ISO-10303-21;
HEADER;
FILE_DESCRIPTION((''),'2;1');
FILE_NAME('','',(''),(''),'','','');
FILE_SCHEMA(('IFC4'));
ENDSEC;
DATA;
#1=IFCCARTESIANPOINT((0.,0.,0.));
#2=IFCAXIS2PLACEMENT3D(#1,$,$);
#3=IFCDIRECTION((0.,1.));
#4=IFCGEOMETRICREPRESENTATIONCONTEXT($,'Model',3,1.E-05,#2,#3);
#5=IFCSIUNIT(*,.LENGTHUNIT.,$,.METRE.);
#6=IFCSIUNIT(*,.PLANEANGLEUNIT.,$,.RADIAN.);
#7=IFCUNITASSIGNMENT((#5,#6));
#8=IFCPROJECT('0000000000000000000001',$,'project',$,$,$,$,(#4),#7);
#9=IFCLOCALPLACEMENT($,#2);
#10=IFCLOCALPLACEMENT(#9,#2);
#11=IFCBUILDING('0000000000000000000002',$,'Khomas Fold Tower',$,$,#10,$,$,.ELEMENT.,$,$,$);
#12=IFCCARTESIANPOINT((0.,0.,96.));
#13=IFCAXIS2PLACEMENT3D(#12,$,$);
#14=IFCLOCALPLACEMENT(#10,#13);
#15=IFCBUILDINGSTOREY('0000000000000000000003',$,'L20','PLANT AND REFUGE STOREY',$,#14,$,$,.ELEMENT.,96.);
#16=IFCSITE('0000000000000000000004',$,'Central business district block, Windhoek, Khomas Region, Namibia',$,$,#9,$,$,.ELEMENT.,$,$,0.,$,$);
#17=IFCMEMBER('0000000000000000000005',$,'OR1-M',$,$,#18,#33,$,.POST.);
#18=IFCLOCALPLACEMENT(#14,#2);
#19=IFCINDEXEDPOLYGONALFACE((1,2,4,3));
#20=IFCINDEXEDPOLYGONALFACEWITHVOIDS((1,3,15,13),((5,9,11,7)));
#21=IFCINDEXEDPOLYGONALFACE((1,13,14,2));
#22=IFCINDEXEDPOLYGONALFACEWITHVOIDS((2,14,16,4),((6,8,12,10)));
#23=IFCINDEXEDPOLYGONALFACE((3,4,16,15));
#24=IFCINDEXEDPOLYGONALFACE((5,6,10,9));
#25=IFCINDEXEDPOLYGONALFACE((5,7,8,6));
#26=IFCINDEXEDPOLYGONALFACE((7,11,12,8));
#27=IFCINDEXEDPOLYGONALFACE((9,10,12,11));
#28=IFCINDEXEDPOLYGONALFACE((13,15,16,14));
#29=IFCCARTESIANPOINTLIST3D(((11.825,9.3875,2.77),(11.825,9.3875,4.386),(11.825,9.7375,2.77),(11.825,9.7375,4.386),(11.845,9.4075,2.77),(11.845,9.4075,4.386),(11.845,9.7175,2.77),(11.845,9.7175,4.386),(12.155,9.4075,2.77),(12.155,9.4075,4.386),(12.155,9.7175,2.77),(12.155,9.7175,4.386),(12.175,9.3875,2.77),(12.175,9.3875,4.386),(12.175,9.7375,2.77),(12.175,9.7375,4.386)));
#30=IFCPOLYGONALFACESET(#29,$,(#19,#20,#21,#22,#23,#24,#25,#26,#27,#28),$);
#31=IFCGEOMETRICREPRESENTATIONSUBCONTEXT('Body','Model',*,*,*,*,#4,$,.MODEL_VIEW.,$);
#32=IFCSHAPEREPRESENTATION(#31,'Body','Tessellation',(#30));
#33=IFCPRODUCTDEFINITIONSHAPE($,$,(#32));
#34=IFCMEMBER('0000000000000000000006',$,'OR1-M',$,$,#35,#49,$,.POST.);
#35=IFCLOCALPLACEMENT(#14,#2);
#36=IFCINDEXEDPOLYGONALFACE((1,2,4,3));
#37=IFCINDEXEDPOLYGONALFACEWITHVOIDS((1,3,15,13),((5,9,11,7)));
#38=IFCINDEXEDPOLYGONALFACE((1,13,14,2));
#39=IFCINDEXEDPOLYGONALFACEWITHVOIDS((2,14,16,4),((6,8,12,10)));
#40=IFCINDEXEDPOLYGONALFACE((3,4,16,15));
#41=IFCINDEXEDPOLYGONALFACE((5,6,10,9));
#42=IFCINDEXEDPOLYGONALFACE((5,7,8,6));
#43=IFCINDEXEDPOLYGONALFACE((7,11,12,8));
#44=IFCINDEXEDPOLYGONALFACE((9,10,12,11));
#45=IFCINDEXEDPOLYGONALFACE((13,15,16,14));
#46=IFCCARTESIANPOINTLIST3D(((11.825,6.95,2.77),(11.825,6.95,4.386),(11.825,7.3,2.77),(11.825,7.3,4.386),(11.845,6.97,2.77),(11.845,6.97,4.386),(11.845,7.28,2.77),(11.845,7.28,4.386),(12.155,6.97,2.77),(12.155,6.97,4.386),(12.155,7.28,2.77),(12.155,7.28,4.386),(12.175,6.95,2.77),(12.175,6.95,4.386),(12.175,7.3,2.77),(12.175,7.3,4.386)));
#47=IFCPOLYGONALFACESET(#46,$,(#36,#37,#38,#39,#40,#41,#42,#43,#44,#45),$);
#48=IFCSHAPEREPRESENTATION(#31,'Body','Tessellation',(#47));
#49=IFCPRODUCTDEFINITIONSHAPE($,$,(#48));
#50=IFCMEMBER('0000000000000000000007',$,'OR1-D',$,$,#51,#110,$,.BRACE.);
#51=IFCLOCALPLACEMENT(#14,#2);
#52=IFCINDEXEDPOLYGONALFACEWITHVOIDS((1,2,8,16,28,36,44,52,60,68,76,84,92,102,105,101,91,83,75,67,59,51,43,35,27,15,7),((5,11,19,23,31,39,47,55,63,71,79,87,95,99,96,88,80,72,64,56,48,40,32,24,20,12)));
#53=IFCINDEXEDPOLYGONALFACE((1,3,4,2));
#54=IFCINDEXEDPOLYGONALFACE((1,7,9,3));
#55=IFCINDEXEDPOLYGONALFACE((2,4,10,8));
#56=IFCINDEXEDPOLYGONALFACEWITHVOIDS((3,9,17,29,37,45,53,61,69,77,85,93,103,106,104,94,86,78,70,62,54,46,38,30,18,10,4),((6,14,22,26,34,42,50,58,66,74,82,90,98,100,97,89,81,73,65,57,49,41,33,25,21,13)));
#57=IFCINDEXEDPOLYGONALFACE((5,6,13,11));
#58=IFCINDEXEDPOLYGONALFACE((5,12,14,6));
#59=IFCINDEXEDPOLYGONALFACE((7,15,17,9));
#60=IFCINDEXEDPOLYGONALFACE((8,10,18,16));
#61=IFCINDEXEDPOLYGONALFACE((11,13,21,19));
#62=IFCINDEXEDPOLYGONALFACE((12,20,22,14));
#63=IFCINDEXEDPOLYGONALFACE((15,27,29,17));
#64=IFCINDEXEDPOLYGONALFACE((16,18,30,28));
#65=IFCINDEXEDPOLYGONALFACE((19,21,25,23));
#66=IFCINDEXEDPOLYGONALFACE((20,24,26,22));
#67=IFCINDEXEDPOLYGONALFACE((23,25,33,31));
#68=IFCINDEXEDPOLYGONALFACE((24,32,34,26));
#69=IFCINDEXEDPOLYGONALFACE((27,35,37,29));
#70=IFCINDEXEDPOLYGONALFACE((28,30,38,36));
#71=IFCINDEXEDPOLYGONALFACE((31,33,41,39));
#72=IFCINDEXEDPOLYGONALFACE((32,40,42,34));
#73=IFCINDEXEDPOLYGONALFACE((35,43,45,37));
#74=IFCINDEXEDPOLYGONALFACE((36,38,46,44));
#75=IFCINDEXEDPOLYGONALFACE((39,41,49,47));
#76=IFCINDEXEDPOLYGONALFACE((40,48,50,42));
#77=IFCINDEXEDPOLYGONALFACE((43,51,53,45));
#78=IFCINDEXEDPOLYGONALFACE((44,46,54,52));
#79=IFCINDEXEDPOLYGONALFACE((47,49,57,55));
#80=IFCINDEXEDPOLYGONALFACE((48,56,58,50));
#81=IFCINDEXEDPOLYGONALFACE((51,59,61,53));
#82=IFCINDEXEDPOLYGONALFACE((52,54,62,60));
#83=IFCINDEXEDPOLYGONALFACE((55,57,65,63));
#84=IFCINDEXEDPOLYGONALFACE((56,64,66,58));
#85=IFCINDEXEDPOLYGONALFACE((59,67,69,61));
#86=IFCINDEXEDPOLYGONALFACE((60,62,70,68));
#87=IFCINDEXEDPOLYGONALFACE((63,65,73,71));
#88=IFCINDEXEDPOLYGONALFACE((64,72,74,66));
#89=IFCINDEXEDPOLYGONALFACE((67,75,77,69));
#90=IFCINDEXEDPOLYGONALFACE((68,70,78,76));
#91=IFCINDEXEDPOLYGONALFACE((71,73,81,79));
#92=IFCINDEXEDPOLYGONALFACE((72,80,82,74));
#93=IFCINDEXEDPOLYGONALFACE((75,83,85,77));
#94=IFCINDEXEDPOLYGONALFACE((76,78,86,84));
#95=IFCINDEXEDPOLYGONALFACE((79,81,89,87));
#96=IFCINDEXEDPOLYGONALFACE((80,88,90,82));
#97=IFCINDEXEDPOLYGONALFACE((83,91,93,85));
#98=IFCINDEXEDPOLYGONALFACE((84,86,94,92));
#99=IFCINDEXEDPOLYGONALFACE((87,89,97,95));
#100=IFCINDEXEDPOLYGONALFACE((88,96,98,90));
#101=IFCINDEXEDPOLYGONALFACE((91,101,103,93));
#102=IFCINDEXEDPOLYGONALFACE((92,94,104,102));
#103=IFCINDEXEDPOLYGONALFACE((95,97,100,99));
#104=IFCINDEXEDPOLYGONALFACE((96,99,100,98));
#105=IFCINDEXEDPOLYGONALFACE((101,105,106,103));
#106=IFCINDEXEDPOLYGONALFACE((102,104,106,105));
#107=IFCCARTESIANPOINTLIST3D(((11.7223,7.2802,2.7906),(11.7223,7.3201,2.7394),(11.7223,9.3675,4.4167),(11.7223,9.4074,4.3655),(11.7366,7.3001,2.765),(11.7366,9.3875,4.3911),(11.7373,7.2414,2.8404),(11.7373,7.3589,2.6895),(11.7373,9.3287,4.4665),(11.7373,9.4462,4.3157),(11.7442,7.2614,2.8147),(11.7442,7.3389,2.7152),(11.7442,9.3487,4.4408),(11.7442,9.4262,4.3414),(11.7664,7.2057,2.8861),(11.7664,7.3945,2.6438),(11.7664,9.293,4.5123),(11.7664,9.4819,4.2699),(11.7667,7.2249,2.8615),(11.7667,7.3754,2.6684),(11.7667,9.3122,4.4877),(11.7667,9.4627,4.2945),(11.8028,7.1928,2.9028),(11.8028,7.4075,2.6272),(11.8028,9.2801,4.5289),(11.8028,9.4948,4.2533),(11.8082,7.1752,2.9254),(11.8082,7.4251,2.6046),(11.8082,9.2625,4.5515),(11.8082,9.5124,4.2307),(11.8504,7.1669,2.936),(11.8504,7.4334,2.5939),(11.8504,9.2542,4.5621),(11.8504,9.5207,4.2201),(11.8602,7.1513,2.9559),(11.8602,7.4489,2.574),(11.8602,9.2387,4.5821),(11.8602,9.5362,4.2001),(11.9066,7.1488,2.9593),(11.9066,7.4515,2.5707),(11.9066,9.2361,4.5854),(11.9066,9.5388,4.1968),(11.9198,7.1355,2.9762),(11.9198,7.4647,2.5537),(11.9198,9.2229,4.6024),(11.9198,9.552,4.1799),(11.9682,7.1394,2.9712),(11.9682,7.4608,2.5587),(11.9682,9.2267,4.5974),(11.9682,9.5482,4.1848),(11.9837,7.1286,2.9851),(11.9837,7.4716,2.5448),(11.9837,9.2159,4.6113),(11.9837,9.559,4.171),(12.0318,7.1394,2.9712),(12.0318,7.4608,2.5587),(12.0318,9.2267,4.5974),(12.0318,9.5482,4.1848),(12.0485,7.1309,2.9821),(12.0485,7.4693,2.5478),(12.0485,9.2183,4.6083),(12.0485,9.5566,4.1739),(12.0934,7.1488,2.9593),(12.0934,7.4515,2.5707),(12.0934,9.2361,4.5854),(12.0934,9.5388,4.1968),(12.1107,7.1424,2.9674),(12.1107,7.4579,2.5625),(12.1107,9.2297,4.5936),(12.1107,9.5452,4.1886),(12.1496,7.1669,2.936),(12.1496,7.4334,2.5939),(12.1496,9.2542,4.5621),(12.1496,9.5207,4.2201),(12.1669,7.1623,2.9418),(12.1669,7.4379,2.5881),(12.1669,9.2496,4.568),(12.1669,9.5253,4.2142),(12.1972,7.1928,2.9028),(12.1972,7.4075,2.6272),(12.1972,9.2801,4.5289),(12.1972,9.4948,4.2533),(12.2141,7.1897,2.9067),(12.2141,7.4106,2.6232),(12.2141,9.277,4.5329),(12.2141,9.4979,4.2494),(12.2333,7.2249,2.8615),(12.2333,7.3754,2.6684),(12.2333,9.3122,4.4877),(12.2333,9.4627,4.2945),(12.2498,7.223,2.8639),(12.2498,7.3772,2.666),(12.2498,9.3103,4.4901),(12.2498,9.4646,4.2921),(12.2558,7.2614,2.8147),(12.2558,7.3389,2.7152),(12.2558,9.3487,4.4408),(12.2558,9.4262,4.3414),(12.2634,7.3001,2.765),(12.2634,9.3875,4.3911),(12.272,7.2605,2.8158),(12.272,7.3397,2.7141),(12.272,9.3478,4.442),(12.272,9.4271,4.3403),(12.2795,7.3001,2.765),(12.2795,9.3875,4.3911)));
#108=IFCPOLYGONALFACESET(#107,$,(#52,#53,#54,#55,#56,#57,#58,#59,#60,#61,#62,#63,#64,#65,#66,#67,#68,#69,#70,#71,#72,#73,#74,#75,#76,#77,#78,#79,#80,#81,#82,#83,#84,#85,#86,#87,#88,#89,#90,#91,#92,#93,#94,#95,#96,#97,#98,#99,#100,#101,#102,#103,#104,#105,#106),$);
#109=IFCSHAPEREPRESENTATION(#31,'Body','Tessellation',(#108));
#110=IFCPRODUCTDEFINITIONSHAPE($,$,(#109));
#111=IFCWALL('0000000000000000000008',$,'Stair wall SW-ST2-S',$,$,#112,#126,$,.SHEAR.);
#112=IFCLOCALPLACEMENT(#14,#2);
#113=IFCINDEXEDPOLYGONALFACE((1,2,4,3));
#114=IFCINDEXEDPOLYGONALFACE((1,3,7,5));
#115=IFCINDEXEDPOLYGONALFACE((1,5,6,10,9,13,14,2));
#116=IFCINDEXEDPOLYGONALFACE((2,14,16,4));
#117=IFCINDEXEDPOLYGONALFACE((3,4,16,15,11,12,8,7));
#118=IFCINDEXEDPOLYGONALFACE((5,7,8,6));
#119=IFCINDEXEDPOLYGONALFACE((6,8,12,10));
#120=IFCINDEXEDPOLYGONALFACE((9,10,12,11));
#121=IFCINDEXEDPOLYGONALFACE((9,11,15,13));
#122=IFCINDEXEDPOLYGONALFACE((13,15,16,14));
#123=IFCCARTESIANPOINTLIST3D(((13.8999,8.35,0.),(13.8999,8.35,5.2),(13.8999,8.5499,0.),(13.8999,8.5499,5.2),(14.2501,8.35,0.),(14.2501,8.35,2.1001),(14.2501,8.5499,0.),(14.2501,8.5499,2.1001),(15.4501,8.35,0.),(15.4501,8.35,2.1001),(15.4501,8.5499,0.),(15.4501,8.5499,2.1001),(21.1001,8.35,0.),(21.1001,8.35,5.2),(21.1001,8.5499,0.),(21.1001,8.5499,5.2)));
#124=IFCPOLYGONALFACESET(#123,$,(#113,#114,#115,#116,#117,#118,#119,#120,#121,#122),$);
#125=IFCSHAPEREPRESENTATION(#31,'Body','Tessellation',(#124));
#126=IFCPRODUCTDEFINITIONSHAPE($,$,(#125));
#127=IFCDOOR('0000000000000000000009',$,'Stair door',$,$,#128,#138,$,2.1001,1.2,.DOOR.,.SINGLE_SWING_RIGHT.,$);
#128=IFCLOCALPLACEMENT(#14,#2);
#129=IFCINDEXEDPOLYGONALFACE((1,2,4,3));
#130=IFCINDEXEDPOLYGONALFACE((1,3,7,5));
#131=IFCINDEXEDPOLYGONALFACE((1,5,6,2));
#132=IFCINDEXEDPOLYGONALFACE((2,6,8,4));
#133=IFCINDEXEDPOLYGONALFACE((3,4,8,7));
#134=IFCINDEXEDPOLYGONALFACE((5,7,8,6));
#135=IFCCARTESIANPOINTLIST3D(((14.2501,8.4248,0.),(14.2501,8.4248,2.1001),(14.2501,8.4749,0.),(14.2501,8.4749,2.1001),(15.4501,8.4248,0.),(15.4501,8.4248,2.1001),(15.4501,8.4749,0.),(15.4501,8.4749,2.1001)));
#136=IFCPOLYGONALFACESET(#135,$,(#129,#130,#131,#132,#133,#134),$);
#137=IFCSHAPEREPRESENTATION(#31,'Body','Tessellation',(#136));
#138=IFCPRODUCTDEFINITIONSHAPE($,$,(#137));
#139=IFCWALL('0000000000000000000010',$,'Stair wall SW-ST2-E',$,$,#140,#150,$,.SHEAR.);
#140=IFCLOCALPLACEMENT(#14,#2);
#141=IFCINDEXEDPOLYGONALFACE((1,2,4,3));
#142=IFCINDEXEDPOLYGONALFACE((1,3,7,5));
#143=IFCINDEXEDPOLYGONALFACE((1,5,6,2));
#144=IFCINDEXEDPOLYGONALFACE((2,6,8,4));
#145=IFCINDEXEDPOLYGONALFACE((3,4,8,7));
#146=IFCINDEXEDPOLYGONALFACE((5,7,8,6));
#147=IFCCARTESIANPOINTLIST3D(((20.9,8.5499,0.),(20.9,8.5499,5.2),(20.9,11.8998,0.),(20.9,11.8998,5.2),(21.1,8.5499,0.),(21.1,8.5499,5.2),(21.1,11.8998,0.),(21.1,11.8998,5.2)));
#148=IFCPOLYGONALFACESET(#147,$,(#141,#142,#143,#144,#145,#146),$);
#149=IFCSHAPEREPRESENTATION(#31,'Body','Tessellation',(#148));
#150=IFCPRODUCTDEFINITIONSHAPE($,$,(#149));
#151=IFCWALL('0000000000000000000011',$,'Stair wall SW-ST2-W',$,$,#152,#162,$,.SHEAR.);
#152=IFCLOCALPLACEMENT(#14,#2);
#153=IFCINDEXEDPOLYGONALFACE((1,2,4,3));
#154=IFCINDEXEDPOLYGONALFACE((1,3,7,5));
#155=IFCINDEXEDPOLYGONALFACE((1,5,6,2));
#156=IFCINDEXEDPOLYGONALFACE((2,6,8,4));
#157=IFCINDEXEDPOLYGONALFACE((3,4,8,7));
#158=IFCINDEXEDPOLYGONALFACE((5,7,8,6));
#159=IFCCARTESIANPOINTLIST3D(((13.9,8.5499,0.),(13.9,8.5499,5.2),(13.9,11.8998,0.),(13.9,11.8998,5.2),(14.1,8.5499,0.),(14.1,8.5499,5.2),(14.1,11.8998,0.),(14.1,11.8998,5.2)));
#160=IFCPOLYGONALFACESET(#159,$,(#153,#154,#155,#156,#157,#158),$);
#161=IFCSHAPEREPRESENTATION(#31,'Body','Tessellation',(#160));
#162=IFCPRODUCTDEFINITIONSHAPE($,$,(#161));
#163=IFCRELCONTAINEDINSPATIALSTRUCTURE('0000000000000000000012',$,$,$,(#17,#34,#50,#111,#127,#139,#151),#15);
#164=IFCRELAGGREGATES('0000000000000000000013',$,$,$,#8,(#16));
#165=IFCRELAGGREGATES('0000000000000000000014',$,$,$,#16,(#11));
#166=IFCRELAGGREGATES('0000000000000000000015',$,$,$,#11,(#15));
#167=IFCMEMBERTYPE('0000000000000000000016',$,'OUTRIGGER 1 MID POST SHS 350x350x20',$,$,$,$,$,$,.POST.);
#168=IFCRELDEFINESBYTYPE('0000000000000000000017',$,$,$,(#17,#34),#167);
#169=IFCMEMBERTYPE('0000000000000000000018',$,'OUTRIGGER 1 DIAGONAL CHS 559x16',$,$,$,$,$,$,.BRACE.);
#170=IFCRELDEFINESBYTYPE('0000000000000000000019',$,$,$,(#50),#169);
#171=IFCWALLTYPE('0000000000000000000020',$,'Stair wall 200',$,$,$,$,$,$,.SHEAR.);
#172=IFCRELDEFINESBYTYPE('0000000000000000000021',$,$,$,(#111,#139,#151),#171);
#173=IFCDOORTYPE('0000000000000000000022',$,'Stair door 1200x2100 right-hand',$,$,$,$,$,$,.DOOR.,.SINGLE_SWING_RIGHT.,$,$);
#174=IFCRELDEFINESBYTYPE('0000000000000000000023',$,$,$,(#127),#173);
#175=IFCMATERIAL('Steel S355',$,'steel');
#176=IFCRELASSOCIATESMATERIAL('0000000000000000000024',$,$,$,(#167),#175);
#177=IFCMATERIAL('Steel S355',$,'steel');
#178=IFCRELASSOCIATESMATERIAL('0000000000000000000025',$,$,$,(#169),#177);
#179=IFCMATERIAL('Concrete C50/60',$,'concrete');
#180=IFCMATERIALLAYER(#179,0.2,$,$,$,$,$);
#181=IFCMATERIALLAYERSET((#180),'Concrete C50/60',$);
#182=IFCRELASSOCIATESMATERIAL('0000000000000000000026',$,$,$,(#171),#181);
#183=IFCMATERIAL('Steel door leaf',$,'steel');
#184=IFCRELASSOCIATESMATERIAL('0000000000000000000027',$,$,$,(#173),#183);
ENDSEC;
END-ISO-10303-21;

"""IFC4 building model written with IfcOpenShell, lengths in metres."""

from ifc_helpers import new_model, si_unit, direction, frame, frame_2d, origin, origin_2d, place, context, subcontext, project, spatial, rectangle, hollow_rectangle, hollow_circle, extrude, source, transform, mapped, material, layer, layer_set, material_profile, profile_set, type_object, element, fill, save


model = new_model("IFC4")

# Units and contexts
model_context = context("Model", 3, precision=1e-05, world=origin(), true_north=direction((0.0, 1.0)))
body_context = subcontext(model_context, "Body", "Model", "MODEL_VIEW")
ifc_project = project(units=[si_unit("LENGTHUNIT", "METRE"), si_unit("PLANEANGLEUNIT", "RADIAN")], contexts=[model_context])

# Site, building, storey
site_placement = place(None, origin())
site = spatial("IfcSite", under=ifc_project, at=site_placement, Name="Central business district block, Windhoek, Khomas Region, Namibia", CompositionType="ELEMENT", RefElevation=0.0)
building_placement = place(site_placement, origin())
building = spatial("IfcBuilding", under=site, at=building_placement, Name="Khomas Fold Tower", CompositionType="ELEMENT")
storey_placement = place(building_placement, frame((0.0, 0.0, 96.0)))
storey = spatial("IfcBuildingStorey", under=building, at=storey_placement, Name="L20", Description="PLANT AND REFUGE STOREY", CompositionType="ELEMENT", Elevation=96.0)

# Members
ifc_material_1 = material(Name="Steel S355", Category="steel")
ifc_material_profile_1 = material_profile(ifc_material_1, hollow_rectangle(XDim=0.3501, YDim=0.3501, WallThickness=0.02, at=origin_2d()), Name="SHS 350x350x20")
ifc_profile_set_1 = profile_set([ifc_material_profile_1], Name="Steel S355")
member_type_1 = type_object("IfcMemberType", Name="OUTRIGGER 1 MID POST SHS 350x350x20", PredefinedType="POST", material=ifc_profile_set_1)
shared_shape_1 = source(origin(), body_context, "Body", "SweptSolid", [
    extrude(hollow_rectangle(XDim=0.3501, YDim=0.3501, WallThickness=0.02, at=origin_2d()), origin(), (0.0, 0.0, 1.0), 1.616),
])
for number, where, z_axis, x_axis, name in (
    (1, (12.0, 9.5625, 2.77), (0.0, 0.0, 1.0), (1.0, 0.0, 0.0), "OR1-M"),
    (2, (12.0, 7.125, 2.77), (0.0, 0.0, 1.0), (1.0, 0.0, 0.0), "OR1-M"),
):
    element("IfcMember", number, at=place(storey_placement, frame(where, z_axis=z_axis, x_axis=x_axis)), inside=storey, type_object=member_type_1, Name=name, PredefinedType="POST", context=body_context, shape_type="MappedRepresentation", body=[
        mapped(shared_shape_1, transform((0.0, 0.0, 0.0))),
    ])
ifc_material_2 = material(Name="Steel S355", Category="steel")
ifc_material_profile_2 = material_profile(ifc_material_2, hollow_circle(Radius=0.2795, WallThickness=0.0161, at=origin_2d()), Name="CHS 559x16")
ifc_profile_set_2 = profile_set([ifc_material_profile_2], Name="Steel S355")
member_type_2 = type_object("IfcMemberType", Name="OUTRIGGER 1 DIAGONAL CHS 559x16", PredefinedType="BRACE", material=ifc_profile_set_2)
shared_shape_2 = source(origin(), body_context, "Body", "SweptSolid", [
    extrude(hollow_circle(Radius=0.2795, WallThickness=0.0161, at=origin_2d()), origin(), (0.0, 0.0, 1.0), 2.646),
])
member_placement = place(storey_placement, frame((12.0, 9.3875, 4.3911), z_axis=(0.0, -0.78886, -0.614573), x_axis=(1.0, 0.0, 0.0)))
element("IfcMember", 3, at=member_placement, inside=storey, type_object=member_type_2, Name="OR1-D", PredefinedType="BRACE", context=body_context, shape_type="MappedRepresentation", body=[
    mapped(shared_shape_2, transform((0.0, 0.0, 0.0))),
])

# Wall, opening, door
ifc_material_3 = material(Name="Concrete C50/60", Category="concrete")
ifc_layer_1 = layer(ifc_material_3, 0.2)
ifc_layer_set_1 = layer_set([ifc_layer_1], Name="Concrete C50/60")
wall_type = type_object("IfcWallType", Name="Stair wall 200", PredefinedType="SHEAR", material=ifc_layer_set_1)
shared_shape_3 = source(origin(), body_context, "Body", "SweptSolid", [
    extrude(rectangle(XDim=7.2002, YDim=0.2, at=frame_2d((3.6001, 0.0))), origin(), (0.0, 0.0, 1.0), 5.2),
])
wall_placement = place(storey_placement, frame((13.8999, 8.45, 0.0), z_axis=(0.0, 0.0, 1.0), x_axis=(1.0, 0.0, 0.0)))
wall = element("IfcWall", 4, at=wall_placement, inside=storey, type_object=wall_type, Name="Stair wall SW-ST2-S", PredefinedType="SHEAR", context=body_context, shape_type="MappedRepresentation", body=[
    mapped(shared_shape_3, transform((0.0, 0.0, 0.0))),
])
shared_shape_4 = source(origin(), body_context, "Body", "SweptSolid", [
    extrude(rectangle(XDim=1.2, YDim=2.1001, at=frame_2d((0.6001, 1.05))), frame((0.0, 0.1099, 0.0), z_axis=(0.0, -1.0, 0.0), x_axis=(1.0, 0.0, 0.0)), (0.0, 0.0, 1.0), 0.22),
])
opening_placement = place(wall_placement, frame((0.3501, 0.0, 0.0)))
opening = element("IfcOpeningElement", 5, at=opening_placement, cuts=wall, PredefinedType="OPENING", context=body_context, shape_type="MappedRepresentation", body=[
    mapped(shared_shape_4, transform((0.0, 0.0, 0.0))),
])
ifc_material_4 = material(Name="Steel door leaf", Category="steel")
door_type = type_object("IfcDoorType", Name="Stair door 1200x2100 right-hand", OperationType="SINGLE_SWING_RIGHT", PredefinedType="DOOR", material=ifc_material_4)
shared_shape_5 = source(origin(), body_context, "Body", "SweptSolid", [
    extrude(rectangle(XDim=1.2, YDim=2.1001, at=frame_2d((0.6001, 1.05))), frame((0.0, 0.0249, 0.0), z_axis=(0.0, -1.0, 0.0), x_axis=(1.0, 0.0, 0.0)), (0.0, 0.0, 1.0), 0.05),
])
door_placement = place(opening_placement, origin())
door = element("IfcDoor", 6, at=door_placement, inside=storey, type_object=door_type, Name="Stair door", OperationType="SINGLE_SWING_RIGHT", OverallHeight=2.1001, OverallWidth=1.2, PredefinedType="DOOR", context=body_context, shape_type="MappedRepresentation", body=[
    mapped(shared_shape_5, transform((0.0, 0.0, 0.0))),
])
fill(opening, door)

# Walls
shared_shape_6 = source(origin(), body_context, "Body", "SweptSolid", [
    extrude(rectangle(XDim=3.3499, YDim=0.2, at=frame_2d((1.6748, 0.0))), origin(), (0.0, 0.0, 1.0), 5.2),
])
for number, where, z_axis, x_axis, name in (
    (7, (21.0, 8.55, 0.0), (0.0, 0.0, 1.0), (0.0, 1.0, 0.0), "Stair wall SW-ST2-E"),
    (8, (14.0, 8.55, 0.0), (0.0, 0.0, 1.0), (0.0, 1.0, 0.0), "Stair wall SW-ST2-W"),
):
    element("IfcWall", number, at=place(storey_placement, frame(where, z_axis=z_axis, x_axis=x_axis)), inside=storey, type_object=wall_type, Name=name, PredefinedType="SHEAR", context=body_context, shape_type="MappedRepresentation", body=[
        mapped(shared_shape_6, transform((0.0, 0.0, 0.0))),
    ])

save(model, "model.ifc")
